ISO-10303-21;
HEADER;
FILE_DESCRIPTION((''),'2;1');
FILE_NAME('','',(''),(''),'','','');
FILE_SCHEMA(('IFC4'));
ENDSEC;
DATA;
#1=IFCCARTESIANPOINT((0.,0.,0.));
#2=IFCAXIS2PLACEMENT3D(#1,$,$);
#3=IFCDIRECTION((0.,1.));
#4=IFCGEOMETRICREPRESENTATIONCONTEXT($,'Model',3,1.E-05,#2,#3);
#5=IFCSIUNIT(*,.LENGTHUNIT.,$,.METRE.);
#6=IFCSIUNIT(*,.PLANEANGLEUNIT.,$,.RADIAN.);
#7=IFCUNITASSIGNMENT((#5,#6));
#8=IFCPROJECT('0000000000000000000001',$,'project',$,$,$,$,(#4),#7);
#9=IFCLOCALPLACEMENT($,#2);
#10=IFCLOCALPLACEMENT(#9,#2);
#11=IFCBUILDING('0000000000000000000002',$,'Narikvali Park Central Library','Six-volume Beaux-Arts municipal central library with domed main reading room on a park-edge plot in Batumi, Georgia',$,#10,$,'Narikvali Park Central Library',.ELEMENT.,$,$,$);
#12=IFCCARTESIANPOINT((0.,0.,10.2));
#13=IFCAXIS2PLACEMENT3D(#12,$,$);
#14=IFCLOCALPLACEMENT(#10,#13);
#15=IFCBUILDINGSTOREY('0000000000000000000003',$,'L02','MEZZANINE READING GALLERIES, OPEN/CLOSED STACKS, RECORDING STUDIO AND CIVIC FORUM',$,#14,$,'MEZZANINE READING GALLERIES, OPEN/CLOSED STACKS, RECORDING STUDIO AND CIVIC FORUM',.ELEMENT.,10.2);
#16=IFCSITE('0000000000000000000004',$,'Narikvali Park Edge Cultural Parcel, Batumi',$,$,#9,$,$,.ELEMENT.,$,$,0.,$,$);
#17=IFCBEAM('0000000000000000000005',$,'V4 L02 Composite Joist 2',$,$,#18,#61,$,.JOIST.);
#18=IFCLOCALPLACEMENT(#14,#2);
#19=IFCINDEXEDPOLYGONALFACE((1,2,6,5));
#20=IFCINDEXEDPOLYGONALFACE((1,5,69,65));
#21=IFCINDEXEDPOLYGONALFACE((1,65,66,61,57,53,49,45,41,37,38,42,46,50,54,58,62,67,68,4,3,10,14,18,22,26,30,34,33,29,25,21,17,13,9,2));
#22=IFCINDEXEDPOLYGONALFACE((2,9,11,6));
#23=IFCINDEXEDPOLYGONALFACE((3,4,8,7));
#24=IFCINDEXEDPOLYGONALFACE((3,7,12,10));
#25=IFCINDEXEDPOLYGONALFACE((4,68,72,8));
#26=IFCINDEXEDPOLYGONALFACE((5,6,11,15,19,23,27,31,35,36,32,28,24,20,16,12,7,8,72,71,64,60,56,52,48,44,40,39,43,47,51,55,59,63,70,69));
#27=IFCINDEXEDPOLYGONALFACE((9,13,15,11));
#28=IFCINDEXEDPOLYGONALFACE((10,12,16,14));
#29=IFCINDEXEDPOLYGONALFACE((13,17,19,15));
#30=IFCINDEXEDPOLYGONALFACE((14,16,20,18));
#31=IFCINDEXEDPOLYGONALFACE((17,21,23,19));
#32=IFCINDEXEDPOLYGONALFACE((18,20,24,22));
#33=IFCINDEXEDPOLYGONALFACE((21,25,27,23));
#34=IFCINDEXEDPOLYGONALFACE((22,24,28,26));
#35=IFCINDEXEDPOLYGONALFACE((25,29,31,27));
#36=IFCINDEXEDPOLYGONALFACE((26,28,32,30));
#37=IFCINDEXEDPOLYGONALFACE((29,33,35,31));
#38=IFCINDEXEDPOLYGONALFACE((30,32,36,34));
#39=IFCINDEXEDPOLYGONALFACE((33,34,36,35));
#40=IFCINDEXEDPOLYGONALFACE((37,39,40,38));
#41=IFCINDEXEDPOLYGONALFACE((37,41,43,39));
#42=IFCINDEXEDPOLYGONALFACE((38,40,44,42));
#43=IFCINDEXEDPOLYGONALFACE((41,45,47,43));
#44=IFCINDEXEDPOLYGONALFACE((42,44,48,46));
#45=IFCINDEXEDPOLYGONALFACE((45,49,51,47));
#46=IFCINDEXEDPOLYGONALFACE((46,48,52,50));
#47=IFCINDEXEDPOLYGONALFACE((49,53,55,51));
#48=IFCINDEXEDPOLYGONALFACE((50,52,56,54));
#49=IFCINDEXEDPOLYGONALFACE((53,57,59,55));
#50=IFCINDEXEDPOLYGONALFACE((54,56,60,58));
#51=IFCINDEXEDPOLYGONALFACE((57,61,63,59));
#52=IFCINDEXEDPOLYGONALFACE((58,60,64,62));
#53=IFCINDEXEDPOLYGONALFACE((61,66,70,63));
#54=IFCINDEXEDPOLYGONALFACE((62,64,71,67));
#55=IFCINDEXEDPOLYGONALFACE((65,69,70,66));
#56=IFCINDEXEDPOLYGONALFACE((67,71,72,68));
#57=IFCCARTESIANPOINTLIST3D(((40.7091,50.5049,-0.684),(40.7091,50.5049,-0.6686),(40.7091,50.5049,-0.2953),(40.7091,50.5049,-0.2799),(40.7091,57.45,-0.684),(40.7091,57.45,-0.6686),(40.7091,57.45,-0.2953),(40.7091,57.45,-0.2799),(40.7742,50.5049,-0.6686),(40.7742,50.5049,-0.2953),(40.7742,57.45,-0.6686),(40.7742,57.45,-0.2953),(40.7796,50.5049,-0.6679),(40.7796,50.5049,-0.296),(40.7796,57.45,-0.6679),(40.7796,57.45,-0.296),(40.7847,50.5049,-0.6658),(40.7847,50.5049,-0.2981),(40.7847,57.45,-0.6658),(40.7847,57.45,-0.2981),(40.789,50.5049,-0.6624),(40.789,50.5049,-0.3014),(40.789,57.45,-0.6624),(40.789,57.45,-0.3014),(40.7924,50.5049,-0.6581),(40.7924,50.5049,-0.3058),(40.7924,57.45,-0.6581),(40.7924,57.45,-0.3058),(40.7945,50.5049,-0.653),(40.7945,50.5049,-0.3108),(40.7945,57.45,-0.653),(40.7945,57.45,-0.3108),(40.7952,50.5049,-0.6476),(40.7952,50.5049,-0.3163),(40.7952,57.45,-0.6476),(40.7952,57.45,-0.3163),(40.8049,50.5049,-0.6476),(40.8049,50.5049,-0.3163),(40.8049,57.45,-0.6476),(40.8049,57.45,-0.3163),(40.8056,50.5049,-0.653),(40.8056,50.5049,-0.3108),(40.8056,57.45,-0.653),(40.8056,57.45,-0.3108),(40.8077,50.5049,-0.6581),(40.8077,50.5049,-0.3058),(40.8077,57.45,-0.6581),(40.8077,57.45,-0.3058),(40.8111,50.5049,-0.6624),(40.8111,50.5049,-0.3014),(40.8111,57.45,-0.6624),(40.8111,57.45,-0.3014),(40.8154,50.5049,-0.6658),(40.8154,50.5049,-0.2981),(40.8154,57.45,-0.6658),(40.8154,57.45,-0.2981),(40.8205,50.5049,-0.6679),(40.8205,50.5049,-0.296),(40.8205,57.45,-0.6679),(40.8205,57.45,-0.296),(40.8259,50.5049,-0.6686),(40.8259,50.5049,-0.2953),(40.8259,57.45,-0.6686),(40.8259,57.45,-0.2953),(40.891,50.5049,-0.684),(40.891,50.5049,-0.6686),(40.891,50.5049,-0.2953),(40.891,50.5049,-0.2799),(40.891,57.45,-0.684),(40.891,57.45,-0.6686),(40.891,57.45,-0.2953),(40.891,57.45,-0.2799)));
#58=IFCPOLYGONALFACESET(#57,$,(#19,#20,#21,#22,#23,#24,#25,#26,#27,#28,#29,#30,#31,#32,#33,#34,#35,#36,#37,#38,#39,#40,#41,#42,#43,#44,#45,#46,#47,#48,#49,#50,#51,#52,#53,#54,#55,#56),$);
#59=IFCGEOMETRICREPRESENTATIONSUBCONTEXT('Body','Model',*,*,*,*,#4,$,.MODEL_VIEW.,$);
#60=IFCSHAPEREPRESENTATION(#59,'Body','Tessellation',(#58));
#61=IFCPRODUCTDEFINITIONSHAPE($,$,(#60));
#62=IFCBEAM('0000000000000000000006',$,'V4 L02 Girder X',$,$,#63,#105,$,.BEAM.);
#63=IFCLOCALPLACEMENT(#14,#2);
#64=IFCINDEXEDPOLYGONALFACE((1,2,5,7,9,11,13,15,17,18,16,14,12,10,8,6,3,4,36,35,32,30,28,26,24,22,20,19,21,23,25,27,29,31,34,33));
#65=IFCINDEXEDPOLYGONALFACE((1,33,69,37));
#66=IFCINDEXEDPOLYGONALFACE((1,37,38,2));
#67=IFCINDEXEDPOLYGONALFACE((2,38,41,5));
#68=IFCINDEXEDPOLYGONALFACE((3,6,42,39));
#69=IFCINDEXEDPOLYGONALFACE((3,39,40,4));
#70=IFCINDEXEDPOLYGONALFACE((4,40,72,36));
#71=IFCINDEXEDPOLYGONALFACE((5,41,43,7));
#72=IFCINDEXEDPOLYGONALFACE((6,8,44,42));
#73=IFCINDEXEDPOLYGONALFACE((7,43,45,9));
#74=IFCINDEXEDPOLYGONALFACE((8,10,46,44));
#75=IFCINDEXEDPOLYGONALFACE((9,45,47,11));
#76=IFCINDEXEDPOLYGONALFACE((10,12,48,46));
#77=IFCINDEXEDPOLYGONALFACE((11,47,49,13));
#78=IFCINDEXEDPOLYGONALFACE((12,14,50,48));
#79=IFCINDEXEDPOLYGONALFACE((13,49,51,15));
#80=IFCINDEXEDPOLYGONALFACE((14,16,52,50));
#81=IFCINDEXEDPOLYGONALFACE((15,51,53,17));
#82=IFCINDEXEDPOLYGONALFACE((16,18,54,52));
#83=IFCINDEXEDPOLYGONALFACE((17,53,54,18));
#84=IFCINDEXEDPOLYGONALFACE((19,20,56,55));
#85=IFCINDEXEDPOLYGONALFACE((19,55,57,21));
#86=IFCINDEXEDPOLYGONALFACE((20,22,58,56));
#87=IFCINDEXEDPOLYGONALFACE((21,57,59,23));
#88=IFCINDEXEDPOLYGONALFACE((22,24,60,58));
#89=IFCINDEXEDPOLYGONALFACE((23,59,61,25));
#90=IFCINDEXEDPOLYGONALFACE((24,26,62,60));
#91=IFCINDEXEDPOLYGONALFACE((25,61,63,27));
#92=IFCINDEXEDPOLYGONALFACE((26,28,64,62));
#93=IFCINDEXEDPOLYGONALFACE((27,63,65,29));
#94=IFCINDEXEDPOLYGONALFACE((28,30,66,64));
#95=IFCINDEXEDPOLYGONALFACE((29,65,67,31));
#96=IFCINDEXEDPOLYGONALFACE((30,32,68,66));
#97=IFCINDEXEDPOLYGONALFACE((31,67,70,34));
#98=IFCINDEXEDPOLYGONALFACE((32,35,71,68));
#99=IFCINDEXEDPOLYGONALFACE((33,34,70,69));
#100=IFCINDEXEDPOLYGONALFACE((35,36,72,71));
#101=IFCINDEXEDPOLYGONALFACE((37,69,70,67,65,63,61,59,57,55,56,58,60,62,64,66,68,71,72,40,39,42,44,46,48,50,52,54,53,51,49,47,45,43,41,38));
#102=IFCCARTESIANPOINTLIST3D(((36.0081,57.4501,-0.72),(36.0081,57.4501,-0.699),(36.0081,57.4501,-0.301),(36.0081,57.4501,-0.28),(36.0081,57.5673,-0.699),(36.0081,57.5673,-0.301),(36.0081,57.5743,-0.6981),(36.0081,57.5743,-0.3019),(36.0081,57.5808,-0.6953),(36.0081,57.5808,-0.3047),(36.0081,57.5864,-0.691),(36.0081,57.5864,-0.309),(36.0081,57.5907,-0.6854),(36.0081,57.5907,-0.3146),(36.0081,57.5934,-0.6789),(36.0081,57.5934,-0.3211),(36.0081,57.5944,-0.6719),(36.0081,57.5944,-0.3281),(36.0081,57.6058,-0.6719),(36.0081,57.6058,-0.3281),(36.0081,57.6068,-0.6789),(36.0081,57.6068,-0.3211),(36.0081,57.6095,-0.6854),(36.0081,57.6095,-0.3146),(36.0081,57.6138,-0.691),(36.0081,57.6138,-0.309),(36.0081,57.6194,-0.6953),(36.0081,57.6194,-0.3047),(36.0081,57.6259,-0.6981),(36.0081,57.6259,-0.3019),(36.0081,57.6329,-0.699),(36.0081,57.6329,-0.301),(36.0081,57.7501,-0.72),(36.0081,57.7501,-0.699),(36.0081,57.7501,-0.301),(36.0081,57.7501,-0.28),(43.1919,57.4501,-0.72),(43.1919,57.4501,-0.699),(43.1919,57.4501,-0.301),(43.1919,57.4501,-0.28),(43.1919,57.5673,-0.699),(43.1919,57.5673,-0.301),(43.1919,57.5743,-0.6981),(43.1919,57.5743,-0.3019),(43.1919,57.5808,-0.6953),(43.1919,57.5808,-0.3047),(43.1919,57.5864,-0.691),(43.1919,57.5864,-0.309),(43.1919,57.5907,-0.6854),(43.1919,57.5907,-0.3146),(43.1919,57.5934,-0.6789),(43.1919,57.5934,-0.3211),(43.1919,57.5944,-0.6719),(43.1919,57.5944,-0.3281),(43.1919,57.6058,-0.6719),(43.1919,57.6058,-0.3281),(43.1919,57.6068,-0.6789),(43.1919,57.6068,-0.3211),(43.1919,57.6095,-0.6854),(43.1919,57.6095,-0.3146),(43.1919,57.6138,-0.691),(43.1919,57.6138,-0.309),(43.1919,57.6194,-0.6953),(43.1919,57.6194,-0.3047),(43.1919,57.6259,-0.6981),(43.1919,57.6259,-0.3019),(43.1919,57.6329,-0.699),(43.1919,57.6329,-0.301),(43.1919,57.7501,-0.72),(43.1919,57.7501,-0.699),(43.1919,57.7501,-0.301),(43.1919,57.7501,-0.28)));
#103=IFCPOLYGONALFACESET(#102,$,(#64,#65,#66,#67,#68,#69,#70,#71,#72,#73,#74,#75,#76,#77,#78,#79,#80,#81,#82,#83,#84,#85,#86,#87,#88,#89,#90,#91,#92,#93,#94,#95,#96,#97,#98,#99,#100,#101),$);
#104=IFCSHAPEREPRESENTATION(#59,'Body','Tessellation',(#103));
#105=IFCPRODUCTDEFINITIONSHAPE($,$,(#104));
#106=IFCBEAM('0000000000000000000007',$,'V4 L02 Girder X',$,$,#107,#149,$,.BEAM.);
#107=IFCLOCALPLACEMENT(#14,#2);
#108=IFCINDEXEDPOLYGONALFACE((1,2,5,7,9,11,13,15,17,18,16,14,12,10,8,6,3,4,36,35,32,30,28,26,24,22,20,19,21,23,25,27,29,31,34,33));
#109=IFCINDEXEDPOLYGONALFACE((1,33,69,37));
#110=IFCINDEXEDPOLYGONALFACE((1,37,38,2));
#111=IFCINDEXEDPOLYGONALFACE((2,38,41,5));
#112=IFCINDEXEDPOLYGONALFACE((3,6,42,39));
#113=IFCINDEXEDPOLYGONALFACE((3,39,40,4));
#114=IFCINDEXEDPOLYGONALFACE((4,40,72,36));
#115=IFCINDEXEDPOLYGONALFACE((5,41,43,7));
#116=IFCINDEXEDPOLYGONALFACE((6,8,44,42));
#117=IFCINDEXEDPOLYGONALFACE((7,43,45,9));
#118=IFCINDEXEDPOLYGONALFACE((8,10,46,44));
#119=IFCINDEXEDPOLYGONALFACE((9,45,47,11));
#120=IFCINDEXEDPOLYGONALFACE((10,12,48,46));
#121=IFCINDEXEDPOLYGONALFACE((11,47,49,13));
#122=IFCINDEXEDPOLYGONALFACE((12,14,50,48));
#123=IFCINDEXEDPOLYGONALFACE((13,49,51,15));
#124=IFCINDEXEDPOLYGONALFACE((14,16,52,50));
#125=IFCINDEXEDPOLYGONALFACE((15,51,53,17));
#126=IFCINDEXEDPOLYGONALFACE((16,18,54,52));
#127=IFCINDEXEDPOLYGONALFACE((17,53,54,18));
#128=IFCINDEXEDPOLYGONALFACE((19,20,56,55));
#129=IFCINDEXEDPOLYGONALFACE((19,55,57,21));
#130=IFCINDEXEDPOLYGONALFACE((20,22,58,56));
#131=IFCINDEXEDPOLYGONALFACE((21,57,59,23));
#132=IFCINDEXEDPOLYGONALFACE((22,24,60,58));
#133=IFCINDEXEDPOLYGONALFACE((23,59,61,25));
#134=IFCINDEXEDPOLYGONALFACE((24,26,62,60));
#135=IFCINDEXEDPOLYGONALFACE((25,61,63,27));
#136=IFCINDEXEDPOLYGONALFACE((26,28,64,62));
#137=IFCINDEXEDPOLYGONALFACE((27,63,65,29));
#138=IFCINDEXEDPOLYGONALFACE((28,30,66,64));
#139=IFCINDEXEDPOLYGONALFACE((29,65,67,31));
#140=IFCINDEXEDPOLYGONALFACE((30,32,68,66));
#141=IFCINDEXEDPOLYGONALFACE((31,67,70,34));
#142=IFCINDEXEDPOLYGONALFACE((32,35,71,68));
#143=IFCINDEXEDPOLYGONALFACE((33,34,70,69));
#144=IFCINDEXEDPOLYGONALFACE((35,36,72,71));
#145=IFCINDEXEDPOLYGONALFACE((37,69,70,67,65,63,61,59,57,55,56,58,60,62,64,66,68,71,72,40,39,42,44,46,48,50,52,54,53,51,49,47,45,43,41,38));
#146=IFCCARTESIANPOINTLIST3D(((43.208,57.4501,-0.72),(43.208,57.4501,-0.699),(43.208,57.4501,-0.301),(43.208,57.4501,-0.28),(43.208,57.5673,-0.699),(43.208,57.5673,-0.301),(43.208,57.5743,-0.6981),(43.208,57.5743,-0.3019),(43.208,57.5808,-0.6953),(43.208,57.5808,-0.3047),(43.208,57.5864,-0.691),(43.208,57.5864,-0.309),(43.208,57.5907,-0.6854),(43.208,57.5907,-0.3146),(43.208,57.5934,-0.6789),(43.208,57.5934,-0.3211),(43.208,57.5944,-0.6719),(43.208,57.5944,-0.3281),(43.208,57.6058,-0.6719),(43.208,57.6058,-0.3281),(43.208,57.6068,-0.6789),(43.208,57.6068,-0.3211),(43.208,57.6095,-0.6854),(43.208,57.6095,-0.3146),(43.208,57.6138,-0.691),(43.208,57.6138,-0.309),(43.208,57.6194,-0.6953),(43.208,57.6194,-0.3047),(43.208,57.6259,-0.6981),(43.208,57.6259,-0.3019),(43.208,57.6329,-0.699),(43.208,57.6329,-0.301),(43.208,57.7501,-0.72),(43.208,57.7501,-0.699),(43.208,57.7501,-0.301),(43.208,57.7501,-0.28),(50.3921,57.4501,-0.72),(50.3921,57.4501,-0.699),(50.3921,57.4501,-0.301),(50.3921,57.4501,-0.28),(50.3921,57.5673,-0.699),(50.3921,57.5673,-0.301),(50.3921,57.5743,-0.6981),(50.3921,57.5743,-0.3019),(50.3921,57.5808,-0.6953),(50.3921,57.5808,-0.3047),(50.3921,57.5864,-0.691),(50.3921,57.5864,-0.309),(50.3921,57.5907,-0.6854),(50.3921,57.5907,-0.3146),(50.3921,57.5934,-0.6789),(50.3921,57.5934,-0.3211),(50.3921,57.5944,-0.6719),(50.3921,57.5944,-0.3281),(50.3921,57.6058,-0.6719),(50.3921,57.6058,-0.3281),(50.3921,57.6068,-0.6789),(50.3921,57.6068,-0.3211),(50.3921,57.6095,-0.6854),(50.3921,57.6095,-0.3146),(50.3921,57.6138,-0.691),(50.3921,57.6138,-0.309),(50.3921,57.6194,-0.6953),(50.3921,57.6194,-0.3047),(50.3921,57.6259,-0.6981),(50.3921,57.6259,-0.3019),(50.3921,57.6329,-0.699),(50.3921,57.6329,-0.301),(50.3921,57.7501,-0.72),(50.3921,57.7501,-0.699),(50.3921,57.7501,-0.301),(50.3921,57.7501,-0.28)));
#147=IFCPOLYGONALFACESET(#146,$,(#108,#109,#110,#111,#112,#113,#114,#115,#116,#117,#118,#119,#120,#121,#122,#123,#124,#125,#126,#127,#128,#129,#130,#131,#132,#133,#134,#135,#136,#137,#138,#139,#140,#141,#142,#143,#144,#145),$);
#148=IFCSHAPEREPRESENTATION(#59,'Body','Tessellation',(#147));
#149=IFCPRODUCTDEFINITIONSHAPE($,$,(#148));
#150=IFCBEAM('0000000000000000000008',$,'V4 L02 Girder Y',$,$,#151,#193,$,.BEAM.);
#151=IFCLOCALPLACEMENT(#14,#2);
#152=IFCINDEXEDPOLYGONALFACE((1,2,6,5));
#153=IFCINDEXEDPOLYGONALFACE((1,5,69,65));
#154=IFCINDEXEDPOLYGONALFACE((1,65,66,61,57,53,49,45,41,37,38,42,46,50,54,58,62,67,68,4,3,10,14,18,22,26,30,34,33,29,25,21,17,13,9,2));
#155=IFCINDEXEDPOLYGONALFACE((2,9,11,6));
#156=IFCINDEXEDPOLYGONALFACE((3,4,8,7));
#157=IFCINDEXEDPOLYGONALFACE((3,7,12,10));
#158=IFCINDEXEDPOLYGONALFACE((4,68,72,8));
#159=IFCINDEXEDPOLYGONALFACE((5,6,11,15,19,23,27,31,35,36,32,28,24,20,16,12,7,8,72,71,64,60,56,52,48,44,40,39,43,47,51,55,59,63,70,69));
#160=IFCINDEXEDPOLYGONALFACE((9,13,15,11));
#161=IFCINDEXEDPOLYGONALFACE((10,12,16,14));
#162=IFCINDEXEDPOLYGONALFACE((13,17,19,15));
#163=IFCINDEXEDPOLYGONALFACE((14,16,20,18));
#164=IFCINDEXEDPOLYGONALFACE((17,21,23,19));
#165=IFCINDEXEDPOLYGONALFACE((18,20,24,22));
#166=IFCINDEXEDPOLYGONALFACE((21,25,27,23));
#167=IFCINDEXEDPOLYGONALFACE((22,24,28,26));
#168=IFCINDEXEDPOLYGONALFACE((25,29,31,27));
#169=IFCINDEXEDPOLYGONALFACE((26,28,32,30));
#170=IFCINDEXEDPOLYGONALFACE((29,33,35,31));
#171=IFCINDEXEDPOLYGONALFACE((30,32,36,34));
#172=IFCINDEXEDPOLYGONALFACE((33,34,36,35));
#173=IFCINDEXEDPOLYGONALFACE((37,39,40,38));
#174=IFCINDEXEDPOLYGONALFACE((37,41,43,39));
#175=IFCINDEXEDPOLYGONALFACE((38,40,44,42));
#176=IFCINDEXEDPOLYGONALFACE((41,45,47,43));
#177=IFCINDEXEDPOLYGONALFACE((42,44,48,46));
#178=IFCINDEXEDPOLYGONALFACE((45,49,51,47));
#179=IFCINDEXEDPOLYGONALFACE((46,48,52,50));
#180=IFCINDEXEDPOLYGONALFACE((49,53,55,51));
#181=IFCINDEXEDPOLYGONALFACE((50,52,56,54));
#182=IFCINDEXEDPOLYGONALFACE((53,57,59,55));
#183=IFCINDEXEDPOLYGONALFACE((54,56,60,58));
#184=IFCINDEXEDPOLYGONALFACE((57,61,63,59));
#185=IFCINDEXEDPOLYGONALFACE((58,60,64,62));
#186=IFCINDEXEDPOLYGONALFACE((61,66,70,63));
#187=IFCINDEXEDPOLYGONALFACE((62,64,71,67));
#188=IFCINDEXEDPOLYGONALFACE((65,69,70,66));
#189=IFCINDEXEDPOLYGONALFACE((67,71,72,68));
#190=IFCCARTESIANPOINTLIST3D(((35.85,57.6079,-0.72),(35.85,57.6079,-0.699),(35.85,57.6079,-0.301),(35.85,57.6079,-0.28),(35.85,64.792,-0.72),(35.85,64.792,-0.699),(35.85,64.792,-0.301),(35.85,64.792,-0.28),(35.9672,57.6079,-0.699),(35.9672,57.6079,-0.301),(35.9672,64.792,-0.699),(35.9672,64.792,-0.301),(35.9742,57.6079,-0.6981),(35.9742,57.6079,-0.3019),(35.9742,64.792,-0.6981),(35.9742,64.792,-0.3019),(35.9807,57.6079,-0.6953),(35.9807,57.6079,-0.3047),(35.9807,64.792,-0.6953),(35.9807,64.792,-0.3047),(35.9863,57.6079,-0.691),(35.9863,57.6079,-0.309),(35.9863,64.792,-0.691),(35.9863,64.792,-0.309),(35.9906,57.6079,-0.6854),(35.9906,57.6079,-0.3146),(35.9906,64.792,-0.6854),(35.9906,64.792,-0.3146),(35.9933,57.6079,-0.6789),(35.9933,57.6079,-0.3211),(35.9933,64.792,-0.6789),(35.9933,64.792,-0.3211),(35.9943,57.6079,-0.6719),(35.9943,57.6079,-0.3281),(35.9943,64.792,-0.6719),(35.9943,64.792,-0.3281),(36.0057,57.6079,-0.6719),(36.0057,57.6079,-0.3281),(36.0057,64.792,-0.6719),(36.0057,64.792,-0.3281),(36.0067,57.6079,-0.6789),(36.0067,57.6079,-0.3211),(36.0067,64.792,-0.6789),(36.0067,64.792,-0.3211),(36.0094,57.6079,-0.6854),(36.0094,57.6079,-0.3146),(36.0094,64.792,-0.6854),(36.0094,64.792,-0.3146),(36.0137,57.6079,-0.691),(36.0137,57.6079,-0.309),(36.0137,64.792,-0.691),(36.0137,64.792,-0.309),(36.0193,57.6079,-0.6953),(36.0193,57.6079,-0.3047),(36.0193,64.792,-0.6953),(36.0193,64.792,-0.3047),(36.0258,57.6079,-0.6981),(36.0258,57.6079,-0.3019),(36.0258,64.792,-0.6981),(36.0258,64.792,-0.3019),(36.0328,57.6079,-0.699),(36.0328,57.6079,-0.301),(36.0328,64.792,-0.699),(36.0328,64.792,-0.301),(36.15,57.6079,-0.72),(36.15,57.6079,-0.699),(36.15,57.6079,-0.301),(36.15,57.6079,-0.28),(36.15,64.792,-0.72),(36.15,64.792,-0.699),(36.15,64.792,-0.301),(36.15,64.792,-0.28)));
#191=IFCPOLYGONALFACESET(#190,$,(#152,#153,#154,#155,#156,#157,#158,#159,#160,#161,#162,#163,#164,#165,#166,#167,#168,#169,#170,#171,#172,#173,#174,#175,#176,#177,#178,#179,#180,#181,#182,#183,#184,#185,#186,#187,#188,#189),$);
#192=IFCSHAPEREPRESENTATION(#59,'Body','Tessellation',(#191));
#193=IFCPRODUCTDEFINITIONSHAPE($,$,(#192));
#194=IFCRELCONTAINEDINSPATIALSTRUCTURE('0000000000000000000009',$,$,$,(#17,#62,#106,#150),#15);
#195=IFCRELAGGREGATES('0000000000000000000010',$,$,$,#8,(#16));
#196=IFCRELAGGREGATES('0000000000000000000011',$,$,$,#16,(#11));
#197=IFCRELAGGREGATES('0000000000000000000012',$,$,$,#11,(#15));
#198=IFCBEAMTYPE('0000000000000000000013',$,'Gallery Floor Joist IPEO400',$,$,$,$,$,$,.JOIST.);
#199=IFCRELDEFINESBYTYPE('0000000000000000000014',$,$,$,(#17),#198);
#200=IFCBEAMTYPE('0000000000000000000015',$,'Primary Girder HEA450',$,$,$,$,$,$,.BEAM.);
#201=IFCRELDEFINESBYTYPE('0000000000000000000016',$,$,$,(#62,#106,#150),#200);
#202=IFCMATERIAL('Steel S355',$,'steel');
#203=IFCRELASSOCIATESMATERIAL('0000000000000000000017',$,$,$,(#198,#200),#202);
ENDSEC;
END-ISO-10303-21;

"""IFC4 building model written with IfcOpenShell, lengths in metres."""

from ifc_helpers import new_model, si_unit, direction, frame, origin, origin_2d, place, context, subcontext, project, spatial, i_section, extrude, material, material_profile, profile_set, type_object, element, save


model = new_model("IFC4")

# Units and contexts
model_context = context("Model", 3, precision=1e-05, world=origin(), true_north=direction((0.0, 1.0)))
body_context = subcontext(model_context, "Body", "Model", "MODEL_VIEW")
ifc_project = project(units=[si_unit("LENGTHUNIT", "METRE"), si_unit("PLANEANGLEUNIT", "RADIAN")], contexts=[model_context])

# Site, building, storey
site_placement = place(None, origin())
site = spatial("IfcSite", under=ifc_project, at=site_placement, Name="Narikvali Park Edge Cultural Parcel, Batumi", CompositionType="ELEMENT", RefElevation=0.0)
building_placement = place(site_placement, origin())
building = spatial("IfcBuilding", under=site, at=building_placement, Name="Narikvali Park Central Library", Description="Six-volume Beaux-Arts municipal central library with domed main reading room on a park-edge plot in Batumi, Georgia", LongName="Narikvali Park Central Library", CompositionType="ELEMENT")
storey_placement = place(building_placement, frame((0.0, 0.0, 10.2)))
storey = spatial("IfcBuildingStorey", under=building, at=storey_placement, Name="L02", Description="MEZZANINE READING GALLERIES, OPEN/CLOSED STACKS, RECORDING STUDIO AND CIVIC FORUM", LongName="MEZZANINE READING GALLERIES, OPEN/CLOSED STACKS, RECORDING STUDIO AND CIVIC FORUM", CompositionType="ELEMENT", Elevation=10.2)

# Shared definitions
ifc_material_1 = material(Name="Steel S355", Category="steel")

# Beams
ifc_material_profile_1 = material_profile(ifc_material_1, i_section(OverallWidth=0.1819, OverallDepth=0.4041, WebThickness=0.0098, FlangeThickness=0.0154, FilletRadius=0.021, at=origin_2d()), Name="IPEO 400")
ifc_profile_set_1 = profile_set([ifc_material_profile_1], Name="Steel S355")
beam_type_1 = type_object("IfcBeamType", Name="Gallery Floor Joist IPEO400", PredefinedType="JOIST", material=ifc_profile_set_1)
for number, where, z_axis, x_axis, name in (
    (1, (40.8, 50.5049, -0.4819), (0.0, 1.0, 0.0), (-1.0, 0.0, 0.0), "V4 L02 Composite Joist 2"),
):
    element("IfcBeam", number, at=place(storey_placement, frame(where, z_axis=z_axis, x_axis=x_axis)), inside=storey, type_object=beam_type_1, Name=name, PredefinedType="JOIST", context=body_context, shape_type="SweptSolid", body=[
        extrude(i_section(OverallWidth=0.1819, OverallDepth=0.4041, WebThickness=0.0098, FlangeThickness=0.0154, FilletRadius=0.021, at=origin_2d()), origin(), (0.0, 0.0, 1.0), 6.9451),
    ])
ifc_material_profile_2 = material_profile(ifc_material_1, i_section(OverallWidth=0.3, OverallDepth=0.4399, WebThickness=0.0115, FlangeThickness=0.021, FilletRadius=0.0271, at=origin_2d()), Name="HEA 450")
ifc_profile_set_2 = profile_set([ifc_material_profile_2], Name="Steel S355")
beam_type_2 = type_object("IfcBeamType", Name="Primary Girder HEA450", PredefinedType="BEAM", material=ifc_profile_set_2)
beam_1_placement = place(storey_placement, frame((36.0081, 57.6001, -0.5), z_axis=(1.0, 0.0, 0.0), x_axis=(0.0, 1.0, 0.0)))
element("IfcBeam", 2, at=beam_1_placement, inside=storey, type_object=beam_type_2, Name="V4 L02 Girder X", PredefinedType="BEAM", context=body_context, shape_type="SweptSolid", body=[
    extrude(i_section(OverallWidth=0.3, OverallDepth=0.4399, WebThickness=0.0115, FlangeThickness=0.021, FilletRadius=0.0271, at=origin_2d()), origin(), (0.0, 0.0, 1.0), 7.1838),
])
for number, where, z_axis, x_axis, name in (
    (3, (43.208, 57.6001, -0.5), (1.0, 0.0, 0.0), (0.0, 1.0, 0.0), "V4 L02 Girder X"),
    (4, (36.0, 57.6079, -0.5), (0.0, 1.0, 0.0), (-1.0, 0.0, 0.0), "V4 L02 Girder Y"),
):
    element("IfcBeam", number, at=place(storey_placement, frame(where, z_axis=z_axis, x_axis=x_axis)), inside=storey, type_object=beam_type_2, Name=name, PredefinedType="BEAM", context=body_context, shape_type="SweptSolid", body=[
        extrude(i_section(OverallWidth=0.3, OverallDepth=0.4399, WebThickness=0.0115, FlangeThickness=0.021, FilletRadius=0.0271, at=origin_2d()), origin(), (0.0, 0.0, 1.0), 7.1841),
    ])

save(model, "model.ifc")
